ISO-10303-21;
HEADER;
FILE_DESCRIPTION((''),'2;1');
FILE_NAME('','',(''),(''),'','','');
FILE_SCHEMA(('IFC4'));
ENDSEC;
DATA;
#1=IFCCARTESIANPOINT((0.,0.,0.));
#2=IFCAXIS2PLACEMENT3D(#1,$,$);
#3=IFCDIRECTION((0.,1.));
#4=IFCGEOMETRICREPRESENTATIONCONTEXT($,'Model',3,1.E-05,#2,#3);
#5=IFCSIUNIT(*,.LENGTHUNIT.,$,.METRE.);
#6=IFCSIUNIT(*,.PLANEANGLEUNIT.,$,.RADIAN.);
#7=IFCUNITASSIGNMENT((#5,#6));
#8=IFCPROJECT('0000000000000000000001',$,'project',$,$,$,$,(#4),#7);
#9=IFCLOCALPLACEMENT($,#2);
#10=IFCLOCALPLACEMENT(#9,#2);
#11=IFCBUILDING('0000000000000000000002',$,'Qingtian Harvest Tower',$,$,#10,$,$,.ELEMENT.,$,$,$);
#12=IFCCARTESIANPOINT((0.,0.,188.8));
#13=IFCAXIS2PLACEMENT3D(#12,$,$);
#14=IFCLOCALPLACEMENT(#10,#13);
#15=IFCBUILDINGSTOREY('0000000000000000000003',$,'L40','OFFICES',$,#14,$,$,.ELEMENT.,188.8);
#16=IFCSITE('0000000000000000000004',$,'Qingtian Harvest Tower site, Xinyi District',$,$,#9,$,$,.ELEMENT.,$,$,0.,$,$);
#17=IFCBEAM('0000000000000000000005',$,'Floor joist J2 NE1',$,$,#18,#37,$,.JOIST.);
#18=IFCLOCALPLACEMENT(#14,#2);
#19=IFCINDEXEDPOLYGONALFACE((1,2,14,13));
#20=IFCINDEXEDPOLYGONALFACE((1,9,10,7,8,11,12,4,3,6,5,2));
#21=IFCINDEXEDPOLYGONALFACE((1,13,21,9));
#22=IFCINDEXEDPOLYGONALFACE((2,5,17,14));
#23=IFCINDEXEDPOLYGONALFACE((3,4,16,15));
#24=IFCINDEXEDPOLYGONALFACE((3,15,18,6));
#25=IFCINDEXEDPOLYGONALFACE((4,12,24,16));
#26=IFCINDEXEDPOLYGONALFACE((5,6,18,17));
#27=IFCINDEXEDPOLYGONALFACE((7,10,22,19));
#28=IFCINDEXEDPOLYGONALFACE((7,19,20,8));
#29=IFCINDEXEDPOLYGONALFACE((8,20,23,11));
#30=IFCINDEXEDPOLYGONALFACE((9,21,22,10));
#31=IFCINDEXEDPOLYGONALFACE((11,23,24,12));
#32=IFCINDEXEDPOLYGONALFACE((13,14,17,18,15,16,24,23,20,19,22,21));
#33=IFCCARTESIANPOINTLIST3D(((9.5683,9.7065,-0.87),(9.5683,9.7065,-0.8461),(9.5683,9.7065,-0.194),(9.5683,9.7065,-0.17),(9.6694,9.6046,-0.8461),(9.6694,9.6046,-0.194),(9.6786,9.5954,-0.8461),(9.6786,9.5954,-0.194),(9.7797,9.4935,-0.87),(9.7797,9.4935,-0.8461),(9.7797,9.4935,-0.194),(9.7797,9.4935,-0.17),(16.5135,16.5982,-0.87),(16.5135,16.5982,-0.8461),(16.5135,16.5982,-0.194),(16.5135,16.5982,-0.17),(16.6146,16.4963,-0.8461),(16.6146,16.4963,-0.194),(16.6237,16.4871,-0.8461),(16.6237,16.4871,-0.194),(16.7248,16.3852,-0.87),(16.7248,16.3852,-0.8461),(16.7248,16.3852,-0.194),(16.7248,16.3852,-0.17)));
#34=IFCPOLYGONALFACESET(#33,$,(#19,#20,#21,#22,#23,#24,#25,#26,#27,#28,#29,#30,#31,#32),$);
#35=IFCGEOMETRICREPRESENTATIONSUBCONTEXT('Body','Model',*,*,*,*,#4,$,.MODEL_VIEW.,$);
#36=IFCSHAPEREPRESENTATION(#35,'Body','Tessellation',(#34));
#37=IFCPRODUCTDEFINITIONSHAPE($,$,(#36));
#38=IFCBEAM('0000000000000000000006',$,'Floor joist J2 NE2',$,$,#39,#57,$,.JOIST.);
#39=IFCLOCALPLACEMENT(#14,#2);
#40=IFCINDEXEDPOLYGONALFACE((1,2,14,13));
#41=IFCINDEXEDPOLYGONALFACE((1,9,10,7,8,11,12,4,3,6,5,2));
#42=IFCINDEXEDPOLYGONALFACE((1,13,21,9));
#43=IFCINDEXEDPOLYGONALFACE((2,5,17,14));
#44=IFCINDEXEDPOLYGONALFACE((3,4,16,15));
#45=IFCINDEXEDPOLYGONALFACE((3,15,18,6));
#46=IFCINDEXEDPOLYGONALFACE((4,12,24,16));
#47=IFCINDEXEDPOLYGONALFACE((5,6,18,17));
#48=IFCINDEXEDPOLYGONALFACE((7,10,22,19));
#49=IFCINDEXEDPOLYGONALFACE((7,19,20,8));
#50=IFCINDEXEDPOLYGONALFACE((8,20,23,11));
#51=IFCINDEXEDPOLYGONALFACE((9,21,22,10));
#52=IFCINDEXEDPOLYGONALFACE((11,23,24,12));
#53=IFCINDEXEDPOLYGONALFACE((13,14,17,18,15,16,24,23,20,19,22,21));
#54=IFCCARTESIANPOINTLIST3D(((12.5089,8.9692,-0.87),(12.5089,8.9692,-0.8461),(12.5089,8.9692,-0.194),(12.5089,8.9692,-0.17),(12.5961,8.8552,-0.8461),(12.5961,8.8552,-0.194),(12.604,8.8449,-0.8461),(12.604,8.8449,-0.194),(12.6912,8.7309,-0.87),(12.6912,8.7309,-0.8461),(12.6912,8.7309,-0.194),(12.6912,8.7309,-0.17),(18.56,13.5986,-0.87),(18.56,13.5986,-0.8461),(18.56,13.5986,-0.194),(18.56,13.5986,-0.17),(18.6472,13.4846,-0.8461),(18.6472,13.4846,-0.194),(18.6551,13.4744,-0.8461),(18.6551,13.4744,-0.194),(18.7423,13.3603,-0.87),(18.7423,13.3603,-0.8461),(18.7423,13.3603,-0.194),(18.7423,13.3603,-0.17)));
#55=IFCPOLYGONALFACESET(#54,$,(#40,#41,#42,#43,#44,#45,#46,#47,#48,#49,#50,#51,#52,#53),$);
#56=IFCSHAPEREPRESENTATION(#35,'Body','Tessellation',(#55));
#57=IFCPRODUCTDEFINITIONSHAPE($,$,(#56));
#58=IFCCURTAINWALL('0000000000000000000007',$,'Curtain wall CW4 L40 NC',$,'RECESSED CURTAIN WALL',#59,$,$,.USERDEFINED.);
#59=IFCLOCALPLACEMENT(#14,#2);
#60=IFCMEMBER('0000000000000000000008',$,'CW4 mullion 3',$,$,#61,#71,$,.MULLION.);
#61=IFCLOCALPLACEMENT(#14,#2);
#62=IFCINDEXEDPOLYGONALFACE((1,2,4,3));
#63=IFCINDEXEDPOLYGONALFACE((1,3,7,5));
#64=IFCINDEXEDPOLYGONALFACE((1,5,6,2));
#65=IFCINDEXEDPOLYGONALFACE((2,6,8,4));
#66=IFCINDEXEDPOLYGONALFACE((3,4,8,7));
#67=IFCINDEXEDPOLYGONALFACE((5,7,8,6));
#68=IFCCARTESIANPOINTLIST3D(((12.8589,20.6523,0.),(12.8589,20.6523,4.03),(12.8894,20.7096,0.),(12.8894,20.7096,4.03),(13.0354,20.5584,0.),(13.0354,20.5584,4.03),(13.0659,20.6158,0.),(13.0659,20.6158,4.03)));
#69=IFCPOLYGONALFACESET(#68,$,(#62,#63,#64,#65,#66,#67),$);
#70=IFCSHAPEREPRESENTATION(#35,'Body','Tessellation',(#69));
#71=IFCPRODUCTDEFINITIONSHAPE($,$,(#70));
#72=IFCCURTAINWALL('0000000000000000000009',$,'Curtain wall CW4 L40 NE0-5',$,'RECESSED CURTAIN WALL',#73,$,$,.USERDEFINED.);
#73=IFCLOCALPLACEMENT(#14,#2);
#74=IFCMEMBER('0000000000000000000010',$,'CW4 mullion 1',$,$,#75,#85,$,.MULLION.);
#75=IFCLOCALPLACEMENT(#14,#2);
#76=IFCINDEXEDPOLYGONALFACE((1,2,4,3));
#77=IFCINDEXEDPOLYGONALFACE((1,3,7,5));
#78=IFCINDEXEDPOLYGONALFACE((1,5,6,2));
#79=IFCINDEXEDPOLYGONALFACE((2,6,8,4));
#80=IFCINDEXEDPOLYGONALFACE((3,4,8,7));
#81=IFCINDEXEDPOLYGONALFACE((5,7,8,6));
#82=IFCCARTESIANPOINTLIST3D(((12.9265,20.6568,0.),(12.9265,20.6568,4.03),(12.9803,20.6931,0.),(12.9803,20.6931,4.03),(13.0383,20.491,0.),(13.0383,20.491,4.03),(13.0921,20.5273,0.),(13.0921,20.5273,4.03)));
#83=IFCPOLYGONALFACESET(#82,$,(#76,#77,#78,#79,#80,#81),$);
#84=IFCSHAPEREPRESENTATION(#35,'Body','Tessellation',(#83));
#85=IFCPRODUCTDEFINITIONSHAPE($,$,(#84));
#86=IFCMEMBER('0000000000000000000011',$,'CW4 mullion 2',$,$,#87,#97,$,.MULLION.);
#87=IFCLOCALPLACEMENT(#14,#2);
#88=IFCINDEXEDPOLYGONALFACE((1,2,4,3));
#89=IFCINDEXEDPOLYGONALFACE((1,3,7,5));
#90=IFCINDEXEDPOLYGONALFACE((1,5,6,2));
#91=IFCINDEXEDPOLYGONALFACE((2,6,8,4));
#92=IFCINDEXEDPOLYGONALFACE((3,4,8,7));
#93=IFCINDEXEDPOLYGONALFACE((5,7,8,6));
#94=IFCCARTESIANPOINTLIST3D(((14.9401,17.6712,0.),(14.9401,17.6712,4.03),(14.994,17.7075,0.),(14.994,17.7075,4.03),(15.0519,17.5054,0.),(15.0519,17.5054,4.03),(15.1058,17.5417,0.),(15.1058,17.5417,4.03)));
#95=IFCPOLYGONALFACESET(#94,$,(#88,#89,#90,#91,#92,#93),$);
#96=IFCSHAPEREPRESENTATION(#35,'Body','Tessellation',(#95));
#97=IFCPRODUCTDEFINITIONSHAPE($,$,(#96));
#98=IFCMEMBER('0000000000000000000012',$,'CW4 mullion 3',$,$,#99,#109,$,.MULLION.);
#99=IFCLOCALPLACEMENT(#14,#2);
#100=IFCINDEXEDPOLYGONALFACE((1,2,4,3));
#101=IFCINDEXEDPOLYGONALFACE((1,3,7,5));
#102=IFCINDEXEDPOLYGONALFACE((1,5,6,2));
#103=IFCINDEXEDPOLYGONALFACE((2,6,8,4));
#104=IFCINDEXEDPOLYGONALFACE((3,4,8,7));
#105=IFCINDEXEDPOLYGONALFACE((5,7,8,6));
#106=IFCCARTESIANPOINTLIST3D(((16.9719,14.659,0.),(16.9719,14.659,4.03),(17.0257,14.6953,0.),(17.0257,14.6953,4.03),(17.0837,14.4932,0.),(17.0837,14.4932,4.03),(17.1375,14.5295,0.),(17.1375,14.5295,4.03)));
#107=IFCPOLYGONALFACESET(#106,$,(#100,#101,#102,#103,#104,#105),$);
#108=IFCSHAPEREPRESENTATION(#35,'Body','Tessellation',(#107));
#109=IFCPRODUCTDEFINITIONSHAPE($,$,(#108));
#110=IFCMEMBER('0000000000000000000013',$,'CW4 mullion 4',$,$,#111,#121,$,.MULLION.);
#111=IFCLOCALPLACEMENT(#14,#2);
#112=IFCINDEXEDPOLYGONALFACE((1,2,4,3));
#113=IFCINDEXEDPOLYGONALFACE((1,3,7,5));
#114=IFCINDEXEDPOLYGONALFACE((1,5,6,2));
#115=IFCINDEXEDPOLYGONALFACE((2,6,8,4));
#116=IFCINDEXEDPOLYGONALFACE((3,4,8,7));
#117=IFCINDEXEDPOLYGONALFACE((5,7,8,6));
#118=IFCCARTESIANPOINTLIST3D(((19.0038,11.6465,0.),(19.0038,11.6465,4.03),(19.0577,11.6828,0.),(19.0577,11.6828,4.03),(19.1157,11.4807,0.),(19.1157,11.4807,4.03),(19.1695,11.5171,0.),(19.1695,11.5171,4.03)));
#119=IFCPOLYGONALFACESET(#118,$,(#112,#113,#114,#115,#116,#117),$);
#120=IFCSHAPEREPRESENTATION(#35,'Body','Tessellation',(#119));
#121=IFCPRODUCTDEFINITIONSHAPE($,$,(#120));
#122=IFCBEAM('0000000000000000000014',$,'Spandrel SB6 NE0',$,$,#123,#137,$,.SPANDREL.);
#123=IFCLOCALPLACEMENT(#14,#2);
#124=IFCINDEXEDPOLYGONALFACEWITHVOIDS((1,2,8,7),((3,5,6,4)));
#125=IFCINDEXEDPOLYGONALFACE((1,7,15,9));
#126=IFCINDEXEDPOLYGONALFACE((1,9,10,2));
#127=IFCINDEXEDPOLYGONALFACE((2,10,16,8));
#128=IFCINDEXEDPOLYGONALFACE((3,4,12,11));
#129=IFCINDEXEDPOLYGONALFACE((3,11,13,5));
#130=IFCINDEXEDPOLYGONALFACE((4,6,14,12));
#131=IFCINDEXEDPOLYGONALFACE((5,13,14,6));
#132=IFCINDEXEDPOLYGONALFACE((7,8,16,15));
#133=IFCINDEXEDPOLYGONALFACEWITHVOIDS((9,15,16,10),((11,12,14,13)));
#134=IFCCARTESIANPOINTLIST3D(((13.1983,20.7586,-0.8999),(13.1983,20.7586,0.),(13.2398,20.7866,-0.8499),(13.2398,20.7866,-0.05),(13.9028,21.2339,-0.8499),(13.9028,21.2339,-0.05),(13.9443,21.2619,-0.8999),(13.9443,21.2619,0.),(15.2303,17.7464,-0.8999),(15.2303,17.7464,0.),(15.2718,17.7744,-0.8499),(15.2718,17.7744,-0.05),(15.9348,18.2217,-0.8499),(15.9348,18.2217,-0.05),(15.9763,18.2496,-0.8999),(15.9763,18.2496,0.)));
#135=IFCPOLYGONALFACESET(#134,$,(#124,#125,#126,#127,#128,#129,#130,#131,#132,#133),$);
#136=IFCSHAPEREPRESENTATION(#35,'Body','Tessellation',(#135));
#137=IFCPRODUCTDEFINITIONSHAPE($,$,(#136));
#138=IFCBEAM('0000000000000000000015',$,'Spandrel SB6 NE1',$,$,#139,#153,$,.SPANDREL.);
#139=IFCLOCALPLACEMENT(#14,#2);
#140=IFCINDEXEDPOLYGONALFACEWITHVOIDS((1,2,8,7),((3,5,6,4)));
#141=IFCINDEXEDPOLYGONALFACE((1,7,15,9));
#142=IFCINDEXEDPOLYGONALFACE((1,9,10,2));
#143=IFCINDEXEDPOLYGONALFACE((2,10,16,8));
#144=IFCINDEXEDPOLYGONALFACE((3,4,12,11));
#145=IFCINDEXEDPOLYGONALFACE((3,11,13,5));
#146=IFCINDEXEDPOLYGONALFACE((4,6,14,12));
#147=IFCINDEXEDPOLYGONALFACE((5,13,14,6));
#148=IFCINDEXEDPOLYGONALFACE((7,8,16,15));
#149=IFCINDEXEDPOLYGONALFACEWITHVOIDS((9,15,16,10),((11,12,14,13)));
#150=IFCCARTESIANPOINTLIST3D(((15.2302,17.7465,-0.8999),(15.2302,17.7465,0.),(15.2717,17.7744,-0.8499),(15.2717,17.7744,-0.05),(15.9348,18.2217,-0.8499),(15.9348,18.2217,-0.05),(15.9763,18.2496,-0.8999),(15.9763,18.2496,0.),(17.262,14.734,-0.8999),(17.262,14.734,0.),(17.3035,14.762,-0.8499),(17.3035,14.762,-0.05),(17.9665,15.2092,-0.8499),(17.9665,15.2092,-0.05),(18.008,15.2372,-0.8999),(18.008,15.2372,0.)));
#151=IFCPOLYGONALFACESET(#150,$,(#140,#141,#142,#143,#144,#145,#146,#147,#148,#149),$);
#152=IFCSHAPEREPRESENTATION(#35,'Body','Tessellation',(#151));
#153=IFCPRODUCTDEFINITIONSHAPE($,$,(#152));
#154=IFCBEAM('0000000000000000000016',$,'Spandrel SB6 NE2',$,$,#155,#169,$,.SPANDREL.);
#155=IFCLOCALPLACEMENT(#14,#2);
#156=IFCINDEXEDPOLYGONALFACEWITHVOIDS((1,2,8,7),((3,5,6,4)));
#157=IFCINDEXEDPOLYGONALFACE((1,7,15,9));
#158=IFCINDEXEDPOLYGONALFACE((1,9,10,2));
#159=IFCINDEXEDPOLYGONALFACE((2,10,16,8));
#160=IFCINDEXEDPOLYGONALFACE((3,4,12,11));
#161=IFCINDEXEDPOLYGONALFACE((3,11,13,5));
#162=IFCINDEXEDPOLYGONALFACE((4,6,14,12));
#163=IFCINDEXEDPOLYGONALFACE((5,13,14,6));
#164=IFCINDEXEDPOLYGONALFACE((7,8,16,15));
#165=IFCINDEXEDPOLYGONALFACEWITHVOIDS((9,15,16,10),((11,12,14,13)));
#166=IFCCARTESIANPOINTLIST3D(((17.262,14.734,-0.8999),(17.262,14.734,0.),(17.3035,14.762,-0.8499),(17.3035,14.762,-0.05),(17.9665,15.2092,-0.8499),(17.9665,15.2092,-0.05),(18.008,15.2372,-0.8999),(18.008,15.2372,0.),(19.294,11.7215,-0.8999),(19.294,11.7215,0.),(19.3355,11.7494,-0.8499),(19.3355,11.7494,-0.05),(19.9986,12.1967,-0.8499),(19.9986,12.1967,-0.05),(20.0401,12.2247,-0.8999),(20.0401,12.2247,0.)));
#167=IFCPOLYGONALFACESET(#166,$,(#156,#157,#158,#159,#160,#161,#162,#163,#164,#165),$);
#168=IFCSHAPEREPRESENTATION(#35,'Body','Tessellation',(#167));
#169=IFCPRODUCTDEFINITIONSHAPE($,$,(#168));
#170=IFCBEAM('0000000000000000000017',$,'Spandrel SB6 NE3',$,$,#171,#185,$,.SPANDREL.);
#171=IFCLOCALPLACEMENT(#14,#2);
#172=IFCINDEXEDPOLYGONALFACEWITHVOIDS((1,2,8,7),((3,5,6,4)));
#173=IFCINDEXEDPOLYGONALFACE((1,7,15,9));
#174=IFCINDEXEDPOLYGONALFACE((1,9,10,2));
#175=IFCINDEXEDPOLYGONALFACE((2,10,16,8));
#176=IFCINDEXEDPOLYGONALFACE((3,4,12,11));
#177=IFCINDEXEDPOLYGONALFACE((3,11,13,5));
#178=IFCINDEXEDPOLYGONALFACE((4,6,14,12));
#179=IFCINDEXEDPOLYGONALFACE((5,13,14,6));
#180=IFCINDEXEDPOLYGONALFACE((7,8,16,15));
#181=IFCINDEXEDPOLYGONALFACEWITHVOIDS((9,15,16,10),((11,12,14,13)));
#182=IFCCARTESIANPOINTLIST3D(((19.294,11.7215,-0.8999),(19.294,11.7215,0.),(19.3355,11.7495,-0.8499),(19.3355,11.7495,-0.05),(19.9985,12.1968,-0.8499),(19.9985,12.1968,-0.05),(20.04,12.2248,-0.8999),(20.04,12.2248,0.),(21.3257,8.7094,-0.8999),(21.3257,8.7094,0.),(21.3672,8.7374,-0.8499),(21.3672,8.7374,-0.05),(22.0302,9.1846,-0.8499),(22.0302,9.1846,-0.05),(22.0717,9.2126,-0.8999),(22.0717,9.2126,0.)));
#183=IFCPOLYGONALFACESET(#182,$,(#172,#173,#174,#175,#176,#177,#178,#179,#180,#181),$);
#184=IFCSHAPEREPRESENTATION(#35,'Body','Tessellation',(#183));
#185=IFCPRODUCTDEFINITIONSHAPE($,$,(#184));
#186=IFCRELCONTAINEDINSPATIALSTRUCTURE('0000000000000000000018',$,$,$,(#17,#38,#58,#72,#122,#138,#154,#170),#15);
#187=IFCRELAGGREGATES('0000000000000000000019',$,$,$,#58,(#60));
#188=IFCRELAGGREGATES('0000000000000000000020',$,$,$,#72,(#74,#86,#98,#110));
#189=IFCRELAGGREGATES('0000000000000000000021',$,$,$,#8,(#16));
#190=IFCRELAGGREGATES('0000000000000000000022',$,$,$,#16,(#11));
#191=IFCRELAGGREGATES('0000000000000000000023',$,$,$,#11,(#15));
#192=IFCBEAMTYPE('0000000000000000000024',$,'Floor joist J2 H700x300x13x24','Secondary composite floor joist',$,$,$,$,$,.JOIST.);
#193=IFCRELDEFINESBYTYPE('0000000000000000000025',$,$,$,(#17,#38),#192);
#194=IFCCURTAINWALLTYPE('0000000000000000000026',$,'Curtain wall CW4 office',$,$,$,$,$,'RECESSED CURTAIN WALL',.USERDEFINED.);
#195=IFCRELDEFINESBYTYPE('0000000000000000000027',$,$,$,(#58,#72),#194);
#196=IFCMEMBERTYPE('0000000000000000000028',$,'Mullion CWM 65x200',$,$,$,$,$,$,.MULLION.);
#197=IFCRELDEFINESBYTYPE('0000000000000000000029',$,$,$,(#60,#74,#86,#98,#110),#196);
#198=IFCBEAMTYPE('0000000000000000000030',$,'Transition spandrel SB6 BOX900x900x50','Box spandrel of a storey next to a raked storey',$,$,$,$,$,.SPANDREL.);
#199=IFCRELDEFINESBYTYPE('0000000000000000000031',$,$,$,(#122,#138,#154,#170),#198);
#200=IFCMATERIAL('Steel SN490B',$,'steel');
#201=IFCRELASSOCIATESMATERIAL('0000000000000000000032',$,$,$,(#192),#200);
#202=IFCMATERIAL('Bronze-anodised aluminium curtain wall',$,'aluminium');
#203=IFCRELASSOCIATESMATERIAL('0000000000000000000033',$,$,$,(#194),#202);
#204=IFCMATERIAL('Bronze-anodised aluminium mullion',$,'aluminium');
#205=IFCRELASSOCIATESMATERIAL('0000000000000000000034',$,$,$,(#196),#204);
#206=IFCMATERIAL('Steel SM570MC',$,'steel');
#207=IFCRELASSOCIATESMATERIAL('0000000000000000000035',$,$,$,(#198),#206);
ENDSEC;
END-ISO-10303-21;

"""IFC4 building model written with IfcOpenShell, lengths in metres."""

from ifc_helpers import new_model, si_unit, direction, frame, origin, origin_2d, place, context, subcontext, project, spatial, rectangle, hollow_rectangle, i_section, extrude, material, material_profile, profile_set, type_object, element, aggregate, save


model = new_model("IFC4")

# Units and contexts
model_context = context("Model", 3, precision=1e-05, world=origin(), true_north=direction((0.0, 1.0)))
body_context = subcontext(model_context, "Body", "Model", "MODEL_VIEW")
ifc_project = project(units=[si_unit("LENGTHUNIT", "METRE"), si_unit("PLANEANGLEUNIT", "RADIAN")], contexts=[model_context])

# Site, building, storey
site_placement = place(None, origin())
site = spatial("IfcSite", under=ifc_project, at=site_placement, Name="Qingtian Harvest Tower site, Xinyi District", CompositionType="ELEMENT", RefElevation=0.0)
building_placement = place(site_placement, origin())
building = spatial("IfcBuilding", under=site, at=building_placement, Name="Qingtian Harvest Tower", CompositionType="ELEMENT")
storey_placement = place(building_placement, frame((0.0, 0.0, 188.8)))
storey = spatial("IfcBuildingStorey", under=building, at=storey_placement, Name="L40", Description="OFFICES", CompositionType="ELEMENT", Elevation=188.8)

# Beams
ifc_material_1 = material(Name="Steel SN490B", Category="steel")
ifc_material_profile_1 = material_profile(ifc_material_1, i_section(OverallWidth=0.3, OverallDepth=0.7, WebThickness=0.0129, FlangeThickness=0.0239, at=origin_2d()), Name="H700x300x13x24")
ifc_profile_set_1 = profile_set([ifc_material_profile_1], Name="Steel SN490B")
beam_type_1 = type_object("IfcBeamType", Name="Floor joist J2 H700x300x13x24", Description="Secondary composite floor joist", PredefinedType="JOIST", material=ifc_profile_set_1)
beam_1_placement = place(storey_placement, frame((16.6191, 16.4917, -0.52), z_axis=(-0.709834, -0.704369, 0.0), x_axis=(0.704369, -0.709834, 0.0)))
element("IfcBeam", 1, at=beam_1_placement, inside=storey, type_object=beam_type_1, Name="Floor joist J2 NE1", PredefinedType="JOIST", context=body_context, shape_type="SweptSolid", body=[
    extrude(i_section(OverallWidth=0.3, OverallDepth=0.7, WebThickness=0.0129, FlangeThickness=0.0239, at=origin_2d()), origin(), (0.0, 0.0, 1.0), 9.7842),
])
beam_2_placement = place(storey_placement, frame((18.6511, 13.4795, -0.52), z_axis=(-0.794222, -0.607627, 0.0), x_axis=(0.607627, -0.794222, 0.0)))
element("IfcBeam", 2, at=beam_2_placement, inside=storey, type_object=beam_type_1, Name="Floor joist J2 NE2", PredefinedType="JOIST", context=body_context, shape_type="SweptSolid", body=[
    extrude(i_section(OverallWidth=0.3, OverallDepth=0.7, WebThickness=0.0129, FlangeThickness=0.0239, at=origin_2d()), origin(), (0.0, 0.0, 1.0), 7.6189),
])

# Curtain wall, member
ifc_material_2 = material(Name="Bronze-anodised aluminium curtain wall", Category="aluminium")
curtain_wall_type = type_object("IfcCurtainWallType", Name="Curtain wall CW4 office", ElementType="RECESSED CURTAIN WALL", PredefinedType="USERDEFINED", material=ifc_material_2)
curtain_wall_1_placement = place(storey_placement, origin())
curtain_wall_1 = element("IfcCurtainWall", 3, at=curtain_wall_1_placement, inside=storey, type_object=curtain_wall_type, Name="Curtain wall CW4 L40 NC", ObjectType="RECESSED CURTAIN WALL", PredefinedType="USERDEFINED")
ifc_material_3 = material(Name="Bronze-anodised aluminium mullion", Category="aluminium")
ifc_material_profile_2 = material_profile(ifc_material_3, rectangle(XDim=0.0649, YDim=0.2, at=origin_2d()), Name="AL 65x200")
ifc_profile_set_2 = profile_set([ifc_material_profile_2], Name="Bronze-anodised aluminium mullion")
member_type_1 = type_object("IfcMemberType", Name="Mullion CWM 65x200", PredefinedType="MULLION", material=ifc_profile_set_2)
member_1_placement = place(storey_placement, frame((12.9624, 20.634, 0.0), z_axis=(0.0, 0.0, 1.0), x_axis=(0.469472, 0.882948, 0.0)))
member_1 = element("IfcMember", 4, at=member_1_placement, type_object=member_type_1, Name="CW4 mullion 3", PredefinedType="MULLION", context=body_context, shape_type="SweptSolid", body=[
    extrude(rectangle(XDim=0.0649, YDim=0.2, at=origin_2d()), origin(), (0.0, 0.0, 1.0), 4.03),
])

# Curtain wall, members
curtain_wall_2_placement = place(storey_placement, origin())
curtain_wall_2 = element("IfcCurtainWall", 5, at=curtain_wall_2_placement, inside=storey, type_object=curtain_wall_type, Name="Curtain wall CW4 L40 NE0-5", ObjectType="RECESSED CURTAIN WALL", PredefinedType="USERDEFINED")
member_2_placement = place(storey_placement, frame((13.0093, 20.592, 0.0), z_axis=(0.0, 0.0, 1.0), x_axis=(0.829038, 0.559193, 0.0)))
member_2 = element("IfcMember", 6, at=member_2_placement, type_object=member_type_1, Name="CW4 mullion 1", PredefinedType="MULLION", context=body_context, shape_type="SweptSolid", body=[
    extrude(rectangle(XDim=0.0649, YDim=0.2, at=origin_2d()), origin(), (0.0, 0.0, 1.0), 4.03),
])
member_3_placement = place(storey_placement, frame((15.0229, 17.6064, 0.0), z_axis=(0.0, 0.0, 1.0), x_axis=(0.829038, 0.559193, 0.0)))
member_3 = element("IfcMember", 7, at=member_3_placement, type_object=member_type_1, Name="CW4 mullion 2", PredefinedType="MULLION", context=body_context, shape_type="SweptSolid", body=[
    extrude(rectangle(XDim=0.0649, YDim=0.2, at=origin_2d()), origin(), (0.0, 0.0, 1.0), 4.03),
])
member_4_placement = place(storey_placement, frame((17.0547, 14.5942, 0.0), z_axis=(0.0, 0.0, 1.0), x_axis=(0.829038, 0.559193, 0.0)))
member_4 = element("IfcMember", 8, at=member_4_placement, type_object=member_type_1, Name="CW4 mullion 3", PredefinedType="MULLION", context=body_context, shape_type="SweptSolid", body=[
    extrude(rectangle(XDim=0.0649, YDim=0.2, at=origin_2d()), origin(), (0.0, 0.0, 1.0), 4.03),
])
member_5_placement = place(storey_placement, frame((19.0867, 11.5818, 0.0), z_axis=(0.0, 0.0, 1.0), x_axis=(0.829038, 0.559193, 0.0)))
member_5 = element("IfcMember", 9, at=member_5_placement, type_object=member_type_1, Name="CW4 mullion 4", PredefinedType="MULLION", context=body_context, shape_type="SweptSolid", body=[
    extrude(rectangle(XDim=0.0649, YDim=0.2, at=origin_2d()), origin(), (0.0, 0.0, 1.0), 4.03),
])

# Beams
ifc_material_4 = material(Name="Steel SM570MC", Category="steel")
ifc_material_profile_3 = material_profile(ifc_material_4, hollow_rectangle(XDim=0.8999, YDim=0.8999, WallThickness=0.05, at=origin_2d()), Name="BOX900x900x50")
ifc_profile_set_3 = profile_set([ifc_material_profile_3], Name="Steel SM570MC")
beam_type_2 = type_object("IfcBeamType", Name="Transition spandrel SB6 BOX900x900x50", Description="Box spandrel of a storey next to a raked storey", PredefinedType="SPANDREL", material=ifc_profile_set_3)
for number, where, z_axis, x_axis, name in (
    (10, (13.5713, 21.0103, -0.45), (0.559235, -0.829009, 0.0), (0.829009, 0.559235, 0.0), "Spandrel SB6 NE0"),
    (11, (15.6033, 17.998, -0.45), (0.559158, -0.829061, 0.0), (0.829061, 0.559158, 0.0), "Spandrel SB6 NE1"),
):
    element("IfcBeam", number, at=place(storey_placement, frame(where, z_axis=z_axis, x_axis=x_axis)), inside=storey, type_object=beam_type_2, Name=name, PredefinedType="SPANDREL", context=body_context, shape_type="SweptSolid", body=[
        extrude(hollow_rectangle(XDim=0.8999, YDim=0.8999, WallThickness=0.05, at=origin_2d()), origin(), (0.0, 0.0, 1.0), 3.6335),
    ])
beam_3_placement = place(storey_placement, frame((17.635, 14.9856, -0.45), z_axis=(0.559204, -0.82903, 0.0), x_axis=(0.82903, 0.559204, 0.0)))
element("IfcBeam", 12, at=beam_3_placement, inside=storey, type_object=beam_type_2, Name="Spandrel SB6 NE2", PredefinedType="SPANDREL", context=body_context, shape_type="SweptSolid", body=[
    extrude(hollow_rectangle(XDim=0.8999, YDim=0.8999, WallThickness=0.05, at=origin_2d()), origin(), (0.0, 0.0, 1.0), 3.6338),
])
beam_4_placement = place(storey_placement, frame((19.667, 11.9731, -0.45), z_axis=(0.559189, -0.82904, 0.0), x_axis=(0.82904, 0.559189, 0.0)))
element("IfcBeam", 13, at=beam_4_placement, inside=storey, type_object=beam_type_2, Name="Spandrel SB6 NE3", PredefinedType="SPANDREL", context=body_context, shape_type="SweptSolid", body=[
    extrude(hollow_rectangle(XDim=0.8999, YDim=0.8999, WallThickness=0.05, at=origin_2d()), origin(), (0.0, 0.0, 1.0), 3.6333),
])

aggregate(curtain_wall_1, [member_1])
aggregate(curtain_wall_2, [member_2, member_3, member_4, member_5])

save(model, "model.ifc")
